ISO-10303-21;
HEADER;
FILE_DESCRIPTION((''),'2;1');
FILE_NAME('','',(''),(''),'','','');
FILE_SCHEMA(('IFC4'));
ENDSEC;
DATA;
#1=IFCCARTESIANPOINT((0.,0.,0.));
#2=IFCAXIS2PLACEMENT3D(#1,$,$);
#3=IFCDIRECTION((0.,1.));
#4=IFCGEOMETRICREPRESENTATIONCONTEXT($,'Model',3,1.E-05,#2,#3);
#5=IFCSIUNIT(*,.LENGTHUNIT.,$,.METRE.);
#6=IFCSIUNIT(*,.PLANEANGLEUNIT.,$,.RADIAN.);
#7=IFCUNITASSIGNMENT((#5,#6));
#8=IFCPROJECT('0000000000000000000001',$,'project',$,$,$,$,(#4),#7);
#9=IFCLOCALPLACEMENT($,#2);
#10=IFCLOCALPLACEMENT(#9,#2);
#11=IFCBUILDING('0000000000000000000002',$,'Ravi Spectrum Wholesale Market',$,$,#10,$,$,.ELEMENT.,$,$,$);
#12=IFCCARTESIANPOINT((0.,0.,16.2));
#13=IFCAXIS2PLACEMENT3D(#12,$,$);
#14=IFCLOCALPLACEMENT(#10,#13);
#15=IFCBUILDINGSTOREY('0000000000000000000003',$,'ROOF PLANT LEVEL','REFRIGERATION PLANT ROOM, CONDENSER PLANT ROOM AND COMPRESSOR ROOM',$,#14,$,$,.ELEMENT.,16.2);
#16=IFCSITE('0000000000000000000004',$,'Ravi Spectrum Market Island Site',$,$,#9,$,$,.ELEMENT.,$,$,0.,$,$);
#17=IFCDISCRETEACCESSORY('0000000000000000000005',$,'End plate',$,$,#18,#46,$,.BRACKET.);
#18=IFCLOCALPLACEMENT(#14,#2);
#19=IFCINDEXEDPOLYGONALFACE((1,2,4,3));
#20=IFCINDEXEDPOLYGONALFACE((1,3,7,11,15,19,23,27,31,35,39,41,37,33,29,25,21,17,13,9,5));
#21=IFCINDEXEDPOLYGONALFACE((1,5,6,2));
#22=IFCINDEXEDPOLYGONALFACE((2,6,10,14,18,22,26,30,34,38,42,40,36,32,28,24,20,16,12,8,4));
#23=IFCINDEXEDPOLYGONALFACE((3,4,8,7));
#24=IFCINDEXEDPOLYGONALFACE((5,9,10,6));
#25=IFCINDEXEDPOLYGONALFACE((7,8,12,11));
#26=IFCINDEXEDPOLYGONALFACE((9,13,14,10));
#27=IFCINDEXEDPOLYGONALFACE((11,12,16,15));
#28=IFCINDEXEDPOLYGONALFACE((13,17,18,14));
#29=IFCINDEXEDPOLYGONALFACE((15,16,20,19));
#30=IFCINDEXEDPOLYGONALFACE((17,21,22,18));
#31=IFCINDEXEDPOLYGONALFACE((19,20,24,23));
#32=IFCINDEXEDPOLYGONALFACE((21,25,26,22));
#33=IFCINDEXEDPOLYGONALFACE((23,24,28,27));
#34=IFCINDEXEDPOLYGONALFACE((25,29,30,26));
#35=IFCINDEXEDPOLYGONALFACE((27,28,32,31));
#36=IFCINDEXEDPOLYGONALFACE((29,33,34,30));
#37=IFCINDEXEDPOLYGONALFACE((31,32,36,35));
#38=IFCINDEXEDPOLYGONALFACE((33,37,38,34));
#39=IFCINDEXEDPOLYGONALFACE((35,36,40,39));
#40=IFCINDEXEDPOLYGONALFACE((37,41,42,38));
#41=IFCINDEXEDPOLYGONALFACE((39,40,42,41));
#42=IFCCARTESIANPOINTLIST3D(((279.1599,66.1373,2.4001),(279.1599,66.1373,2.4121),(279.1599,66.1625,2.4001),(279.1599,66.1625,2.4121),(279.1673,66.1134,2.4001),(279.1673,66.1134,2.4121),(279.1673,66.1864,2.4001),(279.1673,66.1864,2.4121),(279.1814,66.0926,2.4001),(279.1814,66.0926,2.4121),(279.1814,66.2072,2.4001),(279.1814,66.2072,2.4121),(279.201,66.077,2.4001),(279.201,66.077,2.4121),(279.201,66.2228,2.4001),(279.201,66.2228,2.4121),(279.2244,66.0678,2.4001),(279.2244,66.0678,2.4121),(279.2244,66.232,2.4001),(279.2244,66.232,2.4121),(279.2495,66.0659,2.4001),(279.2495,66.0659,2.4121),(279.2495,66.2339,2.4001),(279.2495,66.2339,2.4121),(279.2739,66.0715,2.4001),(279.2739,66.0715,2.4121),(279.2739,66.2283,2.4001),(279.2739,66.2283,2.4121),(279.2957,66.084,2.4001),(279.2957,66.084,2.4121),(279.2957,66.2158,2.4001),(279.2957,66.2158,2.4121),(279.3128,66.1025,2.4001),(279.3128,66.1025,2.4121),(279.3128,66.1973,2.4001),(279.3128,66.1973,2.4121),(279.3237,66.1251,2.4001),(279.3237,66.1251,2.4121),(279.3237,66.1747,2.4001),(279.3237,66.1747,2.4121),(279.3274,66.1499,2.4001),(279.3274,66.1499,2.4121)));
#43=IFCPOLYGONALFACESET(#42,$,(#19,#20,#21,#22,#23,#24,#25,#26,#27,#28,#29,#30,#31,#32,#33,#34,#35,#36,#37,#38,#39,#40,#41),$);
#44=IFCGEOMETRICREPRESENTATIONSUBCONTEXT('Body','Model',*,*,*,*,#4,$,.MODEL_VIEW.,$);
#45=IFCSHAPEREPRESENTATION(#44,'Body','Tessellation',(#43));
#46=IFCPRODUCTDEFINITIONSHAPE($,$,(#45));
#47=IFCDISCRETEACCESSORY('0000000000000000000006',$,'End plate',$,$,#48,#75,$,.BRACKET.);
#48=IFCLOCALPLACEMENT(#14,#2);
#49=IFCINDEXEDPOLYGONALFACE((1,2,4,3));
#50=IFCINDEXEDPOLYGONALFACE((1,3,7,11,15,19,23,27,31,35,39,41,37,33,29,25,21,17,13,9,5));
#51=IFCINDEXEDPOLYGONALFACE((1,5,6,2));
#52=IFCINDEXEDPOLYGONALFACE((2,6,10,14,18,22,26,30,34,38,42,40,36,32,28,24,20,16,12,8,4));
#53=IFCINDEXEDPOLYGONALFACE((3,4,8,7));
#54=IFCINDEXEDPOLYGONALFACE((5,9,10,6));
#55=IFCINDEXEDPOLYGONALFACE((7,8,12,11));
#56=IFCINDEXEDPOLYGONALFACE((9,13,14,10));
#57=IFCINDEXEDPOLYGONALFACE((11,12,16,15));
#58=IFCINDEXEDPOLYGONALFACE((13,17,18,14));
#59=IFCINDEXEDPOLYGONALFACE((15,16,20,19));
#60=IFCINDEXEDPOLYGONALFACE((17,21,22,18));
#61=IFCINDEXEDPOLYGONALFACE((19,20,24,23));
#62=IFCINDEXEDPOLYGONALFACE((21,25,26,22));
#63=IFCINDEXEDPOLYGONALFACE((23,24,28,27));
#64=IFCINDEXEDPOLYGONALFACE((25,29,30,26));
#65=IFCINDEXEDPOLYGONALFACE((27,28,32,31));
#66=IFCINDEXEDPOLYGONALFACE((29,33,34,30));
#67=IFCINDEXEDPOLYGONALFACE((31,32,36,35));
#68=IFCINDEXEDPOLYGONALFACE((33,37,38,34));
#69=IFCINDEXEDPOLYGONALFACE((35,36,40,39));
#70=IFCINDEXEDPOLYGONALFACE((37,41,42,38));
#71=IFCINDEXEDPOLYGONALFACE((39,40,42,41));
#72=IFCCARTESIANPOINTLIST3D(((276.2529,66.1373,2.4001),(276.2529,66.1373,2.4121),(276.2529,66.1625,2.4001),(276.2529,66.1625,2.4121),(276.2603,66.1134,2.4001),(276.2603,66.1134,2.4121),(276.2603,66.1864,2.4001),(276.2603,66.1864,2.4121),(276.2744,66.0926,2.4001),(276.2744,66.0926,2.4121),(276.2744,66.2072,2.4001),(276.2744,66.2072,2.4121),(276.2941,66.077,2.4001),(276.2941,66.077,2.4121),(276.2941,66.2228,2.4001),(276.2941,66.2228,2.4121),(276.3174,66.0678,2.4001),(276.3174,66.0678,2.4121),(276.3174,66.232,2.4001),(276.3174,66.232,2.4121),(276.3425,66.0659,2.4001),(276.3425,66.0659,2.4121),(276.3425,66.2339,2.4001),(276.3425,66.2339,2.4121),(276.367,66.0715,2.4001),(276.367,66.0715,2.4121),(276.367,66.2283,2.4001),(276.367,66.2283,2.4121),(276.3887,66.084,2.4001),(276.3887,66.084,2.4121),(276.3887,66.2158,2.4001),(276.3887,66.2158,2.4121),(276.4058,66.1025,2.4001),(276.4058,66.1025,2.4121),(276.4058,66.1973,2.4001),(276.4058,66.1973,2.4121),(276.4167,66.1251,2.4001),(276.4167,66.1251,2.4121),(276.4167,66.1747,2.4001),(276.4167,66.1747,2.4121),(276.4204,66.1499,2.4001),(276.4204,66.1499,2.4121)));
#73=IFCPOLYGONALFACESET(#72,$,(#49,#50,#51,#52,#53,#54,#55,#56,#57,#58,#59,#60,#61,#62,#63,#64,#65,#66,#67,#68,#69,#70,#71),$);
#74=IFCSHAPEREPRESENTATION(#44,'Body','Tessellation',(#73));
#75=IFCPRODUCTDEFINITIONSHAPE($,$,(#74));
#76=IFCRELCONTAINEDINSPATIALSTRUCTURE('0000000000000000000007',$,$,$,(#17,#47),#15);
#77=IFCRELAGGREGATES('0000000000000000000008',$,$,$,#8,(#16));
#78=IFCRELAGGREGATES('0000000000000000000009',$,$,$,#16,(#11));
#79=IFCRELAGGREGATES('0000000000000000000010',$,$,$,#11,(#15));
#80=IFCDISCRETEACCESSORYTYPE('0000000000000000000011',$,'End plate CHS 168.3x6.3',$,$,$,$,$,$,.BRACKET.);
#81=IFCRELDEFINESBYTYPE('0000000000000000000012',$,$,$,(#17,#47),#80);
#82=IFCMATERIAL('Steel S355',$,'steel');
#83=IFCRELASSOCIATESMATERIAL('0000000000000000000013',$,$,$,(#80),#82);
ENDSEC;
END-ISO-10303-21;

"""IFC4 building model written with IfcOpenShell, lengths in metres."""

from ifc_helpers import new_model, si_unit, direction, frame, origin, origin_2d, place, context, subcontext, project, spatial, circle, extrude, material, material_profile, profile_set, type_object, element, save


model = new_model("IFC4")

# Units and contexts
model_context = context("Model", 3, precision=1e-05, world=origin(), true_north=direction((0.0, 1.0)))
body_context = subcontext(model_context, "Body", "Model", "MODEL_VIEW")
ifc_project = project(units=[si_unit("LENGTHUNIT", "METRE"), si_unit("PLANEANGLEUNIT", "RADIAN")], contexts=[model_context])

# Site, building, storey
site_placement = place(None, origin())
site = spatial("IfcSite", under=ifc_project, at=site_placement, Name="Ravi Spectrum Market Island Site", CompositionType="ELEMENT", RefElevation=0.0)
building_placement = place(site_placement, origin())
building = spatial("IfcBuilding", under=site, at=building_placement, Name="Ravi Spectrum Wholesale Market", CompositionType="ELEMENT")
storey_placement = place(building_placement, frame((0.0, 0.0, 16.2)))
storey = spatial("IfcBuildingStorey", under=building, at=storey_placement, Name="ROOF PLANT LEVEL", Description="REFRIGERATION PLANT ROOM, CONDENSER PLANT ROOM AND COMPRESSOR ROOM", CompositionType="ELEMENT", Elevation=16.2)

# Discrete accessories
ifc_material_1 = material(Name="Steel S355", Category="steel")
ifc_material_profile_1 = material_profile(ifc_material_1, circle(Radius=0.0842, at=origin_2d()))
ifc_profile_set_1 = profile_set([ifc_material_profile_1], Name="Steel S355")
discrete_accessory_type = type_object("IfcDiscreteAccessoryType", Name="End plate CHS 168.3x6.3", PredefinedType="BRACKET", material=ifc_profile_set_1)
for number, where, z_axis, x_axis, name in (
    (1, (279.2432, 66.1499, 2.4001), (0.0, 0.0, 1.0), (1.0, 0.0, 0.0), "End plate"),
    (2, (276.3362, 66.1499, 2.4001), (0.0, 0.0, 1.0), (1.0, 0.0, 0.0), "End plate"),
):
    element("IfcDiscreteAccessory", number, at=place(storey_placement, frame(where, z_axis=z_axis, x_axis=x_axis)), inside=storey, type_object=discrete_accessory_type, Name=name, PredefinedType="BRACKET", context=body_context, shape_type="SweptSolid", body=[
        extrude(circle(Radius=0.0842, at=origin_2d()), origin(), (0.0, 0.0, 1.0), 0.012),
    ])

save(model, "model.ifc")
